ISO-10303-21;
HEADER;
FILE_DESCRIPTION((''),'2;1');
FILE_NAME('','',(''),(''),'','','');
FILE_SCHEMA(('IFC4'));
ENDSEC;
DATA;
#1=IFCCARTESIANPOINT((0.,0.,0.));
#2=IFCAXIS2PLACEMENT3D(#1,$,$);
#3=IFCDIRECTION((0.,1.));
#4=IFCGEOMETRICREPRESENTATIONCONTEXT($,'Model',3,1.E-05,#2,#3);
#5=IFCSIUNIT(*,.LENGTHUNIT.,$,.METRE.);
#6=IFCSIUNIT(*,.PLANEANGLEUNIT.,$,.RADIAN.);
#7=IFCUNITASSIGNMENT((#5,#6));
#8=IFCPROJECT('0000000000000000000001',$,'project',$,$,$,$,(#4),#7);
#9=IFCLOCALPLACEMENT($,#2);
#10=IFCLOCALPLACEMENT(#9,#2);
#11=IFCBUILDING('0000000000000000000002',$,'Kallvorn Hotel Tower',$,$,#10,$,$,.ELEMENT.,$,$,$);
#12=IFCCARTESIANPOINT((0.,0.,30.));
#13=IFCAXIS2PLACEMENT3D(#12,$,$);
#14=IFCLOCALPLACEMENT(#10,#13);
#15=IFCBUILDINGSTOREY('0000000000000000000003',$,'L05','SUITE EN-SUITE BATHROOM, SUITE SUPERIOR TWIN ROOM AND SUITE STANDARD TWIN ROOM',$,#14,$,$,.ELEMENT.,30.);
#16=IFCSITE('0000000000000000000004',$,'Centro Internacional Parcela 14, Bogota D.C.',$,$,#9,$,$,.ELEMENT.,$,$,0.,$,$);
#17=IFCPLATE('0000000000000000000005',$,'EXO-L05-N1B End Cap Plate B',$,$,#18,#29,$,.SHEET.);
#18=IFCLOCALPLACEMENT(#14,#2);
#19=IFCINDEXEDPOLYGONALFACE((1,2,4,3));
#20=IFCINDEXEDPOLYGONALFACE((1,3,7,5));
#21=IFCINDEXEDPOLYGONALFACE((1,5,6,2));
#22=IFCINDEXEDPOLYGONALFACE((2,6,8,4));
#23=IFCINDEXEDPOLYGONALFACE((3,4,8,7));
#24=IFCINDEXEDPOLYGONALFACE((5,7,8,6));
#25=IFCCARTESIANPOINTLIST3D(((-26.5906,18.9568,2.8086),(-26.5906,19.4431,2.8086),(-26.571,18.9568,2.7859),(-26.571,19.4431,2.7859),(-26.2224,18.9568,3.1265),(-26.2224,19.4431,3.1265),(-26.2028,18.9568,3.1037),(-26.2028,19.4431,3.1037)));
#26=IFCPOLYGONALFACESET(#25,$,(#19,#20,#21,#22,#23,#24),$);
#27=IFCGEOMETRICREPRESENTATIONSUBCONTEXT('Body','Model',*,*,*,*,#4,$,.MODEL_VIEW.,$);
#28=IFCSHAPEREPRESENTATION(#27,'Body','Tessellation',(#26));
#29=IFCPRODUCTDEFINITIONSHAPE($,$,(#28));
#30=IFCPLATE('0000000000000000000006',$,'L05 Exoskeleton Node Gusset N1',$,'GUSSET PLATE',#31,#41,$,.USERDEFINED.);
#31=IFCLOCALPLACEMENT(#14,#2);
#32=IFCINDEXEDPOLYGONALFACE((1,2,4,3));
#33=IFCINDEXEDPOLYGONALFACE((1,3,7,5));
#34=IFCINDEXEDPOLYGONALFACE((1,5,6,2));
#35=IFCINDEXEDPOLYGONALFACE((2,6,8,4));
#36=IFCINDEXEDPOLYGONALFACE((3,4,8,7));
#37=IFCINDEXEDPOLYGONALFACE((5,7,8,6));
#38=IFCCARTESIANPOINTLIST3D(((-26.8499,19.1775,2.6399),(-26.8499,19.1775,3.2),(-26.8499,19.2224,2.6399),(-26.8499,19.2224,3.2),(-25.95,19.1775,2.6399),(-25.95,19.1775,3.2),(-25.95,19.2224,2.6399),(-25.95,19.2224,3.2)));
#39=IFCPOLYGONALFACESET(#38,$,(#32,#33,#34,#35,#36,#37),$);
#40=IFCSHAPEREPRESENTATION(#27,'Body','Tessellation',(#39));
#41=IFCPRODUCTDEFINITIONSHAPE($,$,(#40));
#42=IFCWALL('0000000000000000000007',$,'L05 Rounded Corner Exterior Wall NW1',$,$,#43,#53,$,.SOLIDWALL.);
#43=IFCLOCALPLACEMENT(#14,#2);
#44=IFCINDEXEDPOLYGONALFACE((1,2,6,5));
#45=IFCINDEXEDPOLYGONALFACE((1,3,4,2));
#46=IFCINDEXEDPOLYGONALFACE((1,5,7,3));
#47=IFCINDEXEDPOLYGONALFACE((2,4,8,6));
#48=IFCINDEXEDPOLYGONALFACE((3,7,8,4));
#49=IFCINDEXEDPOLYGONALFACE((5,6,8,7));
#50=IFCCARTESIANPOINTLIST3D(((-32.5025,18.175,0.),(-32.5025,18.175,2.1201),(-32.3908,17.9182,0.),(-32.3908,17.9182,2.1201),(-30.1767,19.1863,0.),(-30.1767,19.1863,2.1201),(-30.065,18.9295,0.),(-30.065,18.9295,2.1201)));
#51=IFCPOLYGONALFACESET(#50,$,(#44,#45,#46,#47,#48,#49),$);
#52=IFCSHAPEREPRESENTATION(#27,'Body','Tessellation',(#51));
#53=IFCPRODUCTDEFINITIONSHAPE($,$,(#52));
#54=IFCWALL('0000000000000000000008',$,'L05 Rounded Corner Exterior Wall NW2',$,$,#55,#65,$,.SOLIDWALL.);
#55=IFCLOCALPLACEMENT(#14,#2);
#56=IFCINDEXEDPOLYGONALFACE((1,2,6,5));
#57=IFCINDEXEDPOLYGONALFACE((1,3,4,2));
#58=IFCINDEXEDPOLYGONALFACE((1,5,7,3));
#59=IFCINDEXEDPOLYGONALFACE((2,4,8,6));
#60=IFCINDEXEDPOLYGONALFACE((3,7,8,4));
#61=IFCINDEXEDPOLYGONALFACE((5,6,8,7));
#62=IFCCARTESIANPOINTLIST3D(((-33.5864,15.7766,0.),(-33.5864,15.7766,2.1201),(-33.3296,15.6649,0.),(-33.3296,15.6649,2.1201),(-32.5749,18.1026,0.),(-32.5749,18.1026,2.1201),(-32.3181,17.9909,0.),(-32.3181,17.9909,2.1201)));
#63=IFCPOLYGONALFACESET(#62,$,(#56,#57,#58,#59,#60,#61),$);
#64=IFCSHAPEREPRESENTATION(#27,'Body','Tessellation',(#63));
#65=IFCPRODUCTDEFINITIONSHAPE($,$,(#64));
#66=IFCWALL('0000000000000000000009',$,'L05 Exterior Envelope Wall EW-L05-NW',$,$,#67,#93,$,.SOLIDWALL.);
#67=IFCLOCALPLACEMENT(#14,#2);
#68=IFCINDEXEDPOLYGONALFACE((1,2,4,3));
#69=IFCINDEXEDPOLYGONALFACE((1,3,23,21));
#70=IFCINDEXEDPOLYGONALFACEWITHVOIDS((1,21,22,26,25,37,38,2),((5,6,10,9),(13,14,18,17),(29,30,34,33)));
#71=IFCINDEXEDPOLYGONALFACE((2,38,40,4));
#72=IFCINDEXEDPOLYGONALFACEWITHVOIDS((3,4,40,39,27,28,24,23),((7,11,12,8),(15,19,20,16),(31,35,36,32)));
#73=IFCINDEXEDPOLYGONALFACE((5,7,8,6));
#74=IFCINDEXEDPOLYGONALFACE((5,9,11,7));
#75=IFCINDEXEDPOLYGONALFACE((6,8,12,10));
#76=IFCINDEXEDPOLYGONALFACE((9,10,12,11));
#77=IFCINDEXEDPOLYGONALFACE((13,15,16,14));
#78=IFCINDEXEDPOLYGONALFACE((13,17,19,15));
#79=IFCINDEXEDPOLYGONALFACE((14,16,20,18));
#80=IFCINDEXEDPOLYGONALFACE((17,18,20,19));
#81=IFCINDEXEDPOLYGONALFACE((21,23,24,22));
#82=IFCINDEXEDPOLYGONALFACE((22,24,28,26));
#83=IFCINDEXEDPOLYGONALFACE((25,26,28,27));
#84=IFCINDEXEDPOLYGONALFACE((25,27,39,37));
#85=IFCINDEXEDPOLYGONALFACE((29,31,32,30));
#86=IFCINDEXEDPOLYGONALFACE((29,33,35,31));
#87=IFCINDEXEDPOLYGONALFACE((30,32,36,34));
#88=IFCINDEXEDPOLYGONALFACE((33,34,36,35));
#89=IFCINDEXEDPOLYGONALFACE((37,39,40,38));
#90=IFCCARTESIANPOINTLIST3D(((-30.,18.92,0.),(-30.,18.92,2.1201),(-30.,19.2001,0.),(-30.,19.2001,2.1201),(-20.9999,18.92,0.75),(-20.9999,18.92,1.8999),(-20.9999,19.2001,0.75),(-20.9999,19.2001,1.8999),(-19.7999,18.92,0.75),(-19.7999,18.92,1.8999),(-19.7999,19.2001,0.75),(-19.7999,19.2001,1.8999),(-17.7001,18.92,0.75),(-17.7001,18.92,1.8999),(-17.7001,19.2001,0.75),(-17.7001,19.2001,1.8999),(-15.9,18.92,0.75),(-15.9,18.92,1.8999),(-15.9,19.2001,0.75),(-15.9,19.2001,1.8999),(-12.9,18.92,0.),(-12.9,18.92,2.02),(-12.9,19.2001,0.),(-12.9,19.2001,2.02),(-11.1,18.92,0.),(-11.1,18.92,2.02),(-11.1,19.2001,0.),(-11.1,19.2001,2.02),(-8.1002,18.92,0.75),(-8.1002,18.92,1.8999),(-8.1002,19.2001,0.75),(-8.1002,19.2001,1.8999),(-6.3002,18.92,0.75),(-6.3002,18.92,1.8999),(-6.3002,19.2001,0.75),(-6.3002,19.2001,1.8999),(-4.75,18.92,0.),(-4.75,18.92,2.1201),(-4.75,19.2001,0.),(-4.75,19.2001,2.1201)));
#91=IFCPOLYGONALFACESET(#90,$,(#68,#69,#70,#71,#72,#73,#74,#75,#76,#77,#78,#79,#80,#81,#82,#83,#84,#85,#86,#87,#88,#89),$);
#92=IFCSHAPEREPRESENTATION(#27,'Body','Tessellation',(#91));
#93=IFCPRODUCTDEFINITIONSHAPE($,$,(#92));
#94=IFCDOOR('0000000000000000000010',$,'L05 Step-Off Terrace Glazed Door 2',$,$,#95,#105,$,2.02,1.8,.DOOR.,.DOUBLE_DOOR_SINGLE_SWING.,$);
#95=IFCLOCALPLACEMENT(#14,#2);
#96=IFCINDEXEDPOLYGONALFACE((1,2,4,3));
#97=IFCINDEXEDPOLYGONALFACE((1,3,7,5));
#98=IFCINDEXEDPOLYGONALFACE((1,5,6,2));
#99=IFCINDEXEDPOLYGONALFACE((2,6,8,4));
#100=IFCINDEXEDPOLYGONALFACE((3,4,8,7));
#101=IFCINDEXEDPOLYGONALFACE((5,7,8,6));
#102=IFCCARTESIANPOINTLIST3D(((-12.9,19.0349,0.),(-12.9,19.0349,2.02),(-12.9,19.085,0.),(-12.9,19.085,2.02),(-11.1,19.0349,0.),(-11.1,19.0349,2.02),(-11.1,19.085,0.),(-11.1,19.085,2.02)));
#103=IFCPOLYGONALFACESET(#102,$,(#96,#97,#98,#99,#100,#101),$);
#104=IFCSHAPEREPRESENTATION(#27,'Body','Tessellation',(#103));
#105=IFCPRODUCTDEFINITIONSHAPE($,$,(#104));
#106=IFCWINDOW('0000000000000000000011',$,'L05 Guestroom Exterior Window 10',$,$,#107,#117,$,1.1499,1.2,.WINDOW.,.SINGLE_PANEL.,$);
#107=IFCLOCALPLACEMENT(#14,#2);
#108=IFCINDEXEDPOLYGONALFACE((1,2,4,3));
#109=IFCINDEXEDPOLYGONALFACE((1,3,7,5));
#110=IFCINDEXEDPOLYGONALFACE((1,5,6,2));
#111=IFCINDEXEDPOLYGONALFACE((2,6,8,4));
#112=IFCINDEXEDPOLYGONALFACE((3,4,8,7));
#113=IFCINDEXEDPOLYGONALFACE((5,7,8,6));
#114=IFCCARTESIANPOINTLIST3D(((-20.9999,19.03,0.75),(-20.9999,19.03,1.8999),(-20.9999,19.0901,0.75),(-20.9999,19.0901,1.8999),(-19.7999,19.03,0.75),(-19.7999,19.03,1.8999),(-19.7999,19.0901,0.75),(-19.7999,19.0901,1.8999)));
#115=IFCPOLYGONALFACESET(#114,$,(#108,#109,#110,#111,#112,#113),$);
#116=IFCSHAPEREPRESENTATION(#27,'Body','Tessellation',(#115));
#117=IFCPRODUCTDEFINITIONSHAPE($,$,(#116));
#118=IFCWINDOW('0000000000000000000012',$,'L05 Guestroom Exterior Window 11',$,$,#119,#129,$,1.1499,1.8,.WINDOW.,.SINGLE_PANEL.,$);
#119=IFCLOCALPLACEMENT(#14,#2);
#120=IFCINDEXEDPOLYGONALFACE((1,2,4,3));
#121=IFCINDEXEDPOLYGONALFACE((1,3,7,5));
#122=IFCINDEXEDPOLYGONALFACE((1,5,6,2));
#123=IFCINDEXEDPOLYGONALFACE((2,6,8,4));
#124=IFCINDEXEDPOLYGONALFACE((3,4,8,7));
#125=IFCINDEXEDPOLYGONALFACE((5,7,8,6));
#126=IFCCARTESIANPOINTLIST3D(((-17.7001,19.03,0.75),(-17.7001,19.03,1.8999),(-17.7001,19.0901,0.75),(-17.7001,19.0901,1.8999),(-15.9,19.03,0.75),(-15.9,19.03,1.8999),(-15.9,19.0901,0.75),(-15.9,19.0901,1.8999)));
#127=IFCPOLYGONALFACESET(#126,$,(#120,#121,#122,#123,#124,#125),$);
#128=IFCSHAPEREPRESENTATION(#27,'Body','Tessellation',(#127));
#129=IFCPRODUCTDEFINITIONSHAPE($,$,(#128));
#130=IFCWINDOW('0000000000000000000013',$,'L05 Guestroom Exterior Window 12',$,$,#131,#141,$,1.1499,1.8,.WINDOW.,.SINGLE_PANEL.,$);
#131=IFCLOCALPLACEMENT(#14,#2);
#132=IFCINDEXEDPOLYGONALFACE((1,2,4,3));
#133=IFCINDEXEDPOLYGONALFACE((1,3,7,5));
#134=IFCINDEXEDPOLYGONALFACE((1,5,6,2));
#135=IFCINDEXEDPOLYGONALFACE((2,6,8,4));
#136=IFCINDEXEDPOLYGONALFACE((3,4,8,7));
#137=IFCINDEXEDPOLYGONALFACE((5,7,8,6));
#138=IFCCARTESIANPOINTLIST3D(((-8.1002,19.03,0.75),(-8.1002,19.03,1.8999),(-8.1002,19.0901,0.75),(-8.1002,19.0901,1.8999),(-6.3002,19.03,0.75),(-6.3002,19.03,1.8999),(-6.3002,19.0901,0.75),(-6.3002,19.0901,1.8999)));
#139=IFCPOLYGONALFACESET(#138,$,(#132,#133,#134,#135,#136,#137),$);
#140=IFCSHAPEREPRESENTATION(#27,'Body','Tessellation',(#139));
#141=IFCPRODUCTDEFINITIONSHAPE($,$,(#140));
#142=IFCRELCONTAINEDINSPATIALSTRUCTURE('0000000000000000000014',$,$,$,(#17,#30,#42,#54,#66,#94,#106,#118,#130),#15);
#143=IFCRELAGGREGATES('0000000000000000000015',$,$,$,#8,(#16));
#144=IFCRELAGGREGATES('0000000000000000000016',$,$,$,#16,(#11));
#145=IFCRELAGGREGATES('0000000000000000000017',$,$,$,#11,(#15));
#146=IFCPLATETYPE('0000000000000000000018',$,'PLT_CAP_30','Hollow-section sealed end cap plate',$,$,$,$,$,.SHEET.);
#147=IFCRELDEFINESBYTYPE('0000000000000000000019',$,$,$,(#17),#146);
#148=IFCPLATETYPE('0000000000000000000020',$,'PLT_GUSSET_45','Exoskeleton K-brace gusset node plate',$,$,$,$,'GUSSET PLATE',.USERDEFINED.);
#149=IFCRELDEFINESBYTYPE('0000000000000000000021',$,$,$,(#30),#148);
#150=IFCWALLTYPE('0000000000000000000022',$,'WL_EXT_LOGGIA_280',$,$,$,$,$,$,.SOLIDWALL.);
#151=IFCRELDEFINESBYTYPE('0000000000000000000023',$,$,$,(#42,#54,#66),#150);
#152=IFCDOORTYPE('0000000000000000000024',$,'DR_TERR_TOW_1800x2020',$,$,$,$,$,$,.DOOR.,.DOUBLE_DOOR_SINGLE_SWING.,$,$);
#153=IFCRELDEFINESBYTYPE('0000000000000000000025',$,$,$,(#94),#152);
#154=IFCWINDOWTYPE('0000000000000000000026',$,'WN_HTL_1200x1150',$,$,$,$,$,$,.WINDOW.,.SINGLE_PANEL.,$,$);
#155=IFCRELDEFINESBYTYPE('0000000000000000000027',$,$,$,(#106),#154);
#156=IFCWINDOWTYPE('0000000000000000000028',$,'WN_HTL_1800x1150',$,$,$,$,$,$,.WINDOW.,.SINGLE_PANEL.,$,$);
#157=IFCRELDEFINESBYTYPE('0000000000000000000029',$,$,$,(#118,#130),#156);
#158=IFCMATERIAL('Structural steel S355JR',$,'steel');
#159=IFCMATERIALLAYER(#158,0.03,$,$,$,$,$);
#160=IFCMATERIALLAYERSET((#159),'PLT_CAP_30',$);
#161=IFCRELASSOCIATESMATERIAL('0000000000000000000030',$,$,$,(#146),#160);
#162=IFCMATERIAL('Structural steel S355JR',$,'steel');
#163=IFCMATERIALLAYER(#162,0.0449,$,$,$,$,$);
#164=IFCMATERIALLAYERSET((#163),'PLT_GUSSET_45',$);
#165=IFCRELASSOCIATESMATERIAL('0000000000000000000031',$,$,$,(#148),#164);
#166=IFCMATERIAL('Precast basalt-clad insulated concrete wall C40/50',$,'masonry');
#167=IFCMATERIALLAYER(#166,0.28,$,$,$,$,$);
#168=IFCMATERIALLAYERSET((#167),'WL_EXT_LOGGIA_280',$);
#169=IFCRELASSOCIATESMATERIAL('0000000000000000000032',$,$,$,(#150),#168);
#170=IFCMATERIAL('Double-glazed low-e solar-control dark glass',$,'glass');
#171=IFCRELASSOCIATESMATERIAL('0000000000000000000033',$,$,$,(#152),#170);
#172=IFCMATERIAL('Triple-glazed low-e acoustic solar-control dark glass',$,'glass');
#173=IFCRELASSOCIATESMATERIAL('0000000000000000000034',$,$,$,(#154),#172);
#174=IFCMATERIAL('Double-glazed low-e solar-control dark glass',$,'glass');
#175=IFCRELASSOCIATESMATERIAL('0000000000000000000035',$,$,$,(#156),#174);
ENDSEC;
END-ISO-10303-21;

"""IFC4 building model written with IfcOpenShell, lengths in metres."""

from ifc_helpers import new_model, si_unit, direction, frame, frame_2d, origin, origin_2d, place, context, subcontext, project, spatial, polyline, rectangle, outline, extrude, material, layer, layer_set, type_object, element, fill, save


model = new_model("IFC4")

# Units and contexts
model_context = context("Model", 3, precision=1e-05, world=origin(), true_north=direction((0.0, 1.0)))
body_context = subcontext(model_context, "Body", "Model", "MODEL_VIEW")
ifc_project = project(units=[si_unit("LENGTHUNIT", "METRE"), si_unit("PLANEANGLEUNIT", "RADIAN")], contexts=[model_context])

# Site, building, storey
site_placement = place(None, origin())
site = spatial("IfcSite", under=ifc_project, at=site_placement, Name="Centro Internacional Parcela 14, Bogota D.C.", CompositionType="ELEMENT", RefElevation=0.0)
building_placement = place(site_placement, origin())
building = spatial("IfcBuilding", under=site, at=building_placement, Name="Kallvorn Hotel Tower", CompositionType="ELEMENT")
storey_placement = place(building_placement, frame((0.0, 0.0, 30.0)))
storey = spatial("IfcBuildingStorey", under=building, at=storey_placement, Name="L05", Description="SUITE EN-SUITE BATHROOM, SUITE SUPERIOR TWIN ROOM AND SUITE STANDARD TWIN ROOM", CompositionType="ELEMENT", Elevation=30.0)

# Plates
ifc_material_1 = material(Name="Structural steel S355JR", Category="steel")
ifc_layer_1 = layer(ifc_material_1, 0.03)
ifc_layer_set_1 = layer_set([ifc_layer_1], Name="PLT_CAP_30")
plate_type_1 = type_object("IfcPlateType", Name="PLT_CAP_30", Description="Hollow-section sealed end cap plate", PredefinedType="SHEET", material=ifc_layer_set_1)
for number, where, z_axis, x_axis, name in (
    (1, (-26.5906, 19.4431, 2.8086), (-0.653515, 0.0, 0.756913), (0.0, -1.0, 0.0), "EXO-L05-N1B End Cap Plate B"),
):
    element("IfcPlate", number, at=place(storey_placement, frame(where, z_axis=z_axis, x_axis=x_axis)), inside=storey, type_object=plate_type_1, Name=name, PredefinedType="SHEET", context=body_context, shape_type="SweptSolid", body=[
        extrude(outline(polyline([(0.0, 0.0), (0.4863, 0.0), (0.4863, 0.4864), (0.0, 0.4864), (0.0, 0.0)])), origin(), (0.0, 0.0, -1.0), 0.03),
    ])
ifc_material_2 = material(Name="Structural steel S355JR", Category="steel")
ifc_layer_2 = layer(ifc_material_2, 0.0449)
ifc_layer_set_2 = layer_set([ifc_layer_2], Name="PLT_GUSSET_45")
plate_type_2 = type_object("IfcPlateType", Name="PLT_GUSSET_45", Description="Exoskeleton K-brace gusset node plate", ElementType="GUSSET PLATE", PredefinedType="USERDEFINED", material=ifc_layer_set_2)
plate_placement = place(storey_placement, frame((-26.3999, 19.2, 2.6399), z_axis=(0.0, 0.0, 1.0), x_axis=(1.0, 0.0, 0.0)))
element("IfcPlate", 2, at=plate_placement, inside=storey, type_object=plate_type_2, Name="L05 Exoskeleton Node Gusset N1", ObjectType="GUSSET PLATE", PredefinedType="USERDEFINED", context=body_context, shape_type="SweptSolid", body=[
    extrude(rectangle(XDim=0.8999, YDim=0.0449, at=origin_2d()), origin(), (0.0, 0.0, 1.0), 0.5601),
])

# Walls
ifc_material_3 = material(Name="Precast basalt-clad insulated concrete wall C40/50", Category="masonry")
ifc_layer_3 = layer(ifc_material_3, 0.28)
ifc_layer_set_3 = layer_set([ifc_layer_3], Name="WL_EXT_LOGGIA_280")
wall_type = type_object("IfcWallType", Name="WL_EXT_LOGGIA_280", PredefinedType="SOLIDWALL", material=ifc_layer_set_3)
wall_1_placement = place(storey_placement, frame((-30.1208, 19.0579, 0.0), z_axis=(0.0, 0.0, 1.0), x_axis=(-0.917061, -0.398747, 0.0)))
element("IfcWall", 3, at=wall_1_placement, inside=storey, type_object=wall_type, Name="L05 Rounded Corner Exterior Wall NW1", PredefinedType="SOLIDWALL", context=body_context, shape_type="SweptSolid", body=[
    extrude(rectangle(XDim=2.5361, YDim=0.28, at=frame_2d((1.2681, 0.0))), origin(), (0.0, 0.0, 1.0), 2.1201),
])
wall_2_placement = place(storey_placement, frame((-32.4465, 18.0466, 0.0), z_axis=(0.0, 0.0, 1.0), x_axis=(-0.398793, -0.917041, 0.0)))
element("IfcWall", 4, at=wall_2_placement, inside=storey, type_object=wall_type, Name="L05 Rounded Corner Exterior Wall NW2", PredefinedType="SOLIDWALL", context=body_context, shape_type="SweptSolid", body=[
    extrude(rectangle(XDim=2.5364, YDim=0.28, at=frame_2d((1.2681, 0.0))), origin(), (0.0, 0.0, 1.0), 2.1201),
])

# Wall, openings, door, windows
wall_3_placement = place(storey_placement, frame((-30.0, 19.0601, 0.0), z_axis=(0.0, 0.0, 1.0), x_axis=(1.0, 0.0, 0.0)))
wall_3 = element("IfcWall", 5, at=wall_3_placement, inside=storey, type_object=wall_type, Name="L05 Exterior Envelope Wall EW-L05-NW", PredefinedType="SOLIDWALL", context=body_context, shape_type="SweptSolid", body=[
    extrude(rectangle(XDim=25.25, YDim=0.28, at=frame_2d((12.625, 0.0))), origin(), (0.0, 0.0, 1.0), 2.1201),
])
opening_1_placement = place(wall_3_placement, frame((17.1001, 0.0, 0.0)))
opening_1 = element("IfcOpeningElement", 6, at=opening_1_placement, cuts=wall_3, PredefinedType="OPENING", context=body_context, shape_type="SweptSolid", body=[
    extrude(rectangle(XDim=1.8, YDim=2.02, at=frame_2d((0.8999, 1.01))), frame((0.0, 0.155, 0.0), z_axis=(0.0, -1.0, 0.0), x_axis=(1.0, 0.0, 0.0)), (0.0, 0.0, 1.0), 0.3101),
])
opening_2_placement = place(wall_3_placement, frame((9.0, 0.0, 0.75)))
opening_2 = element("IfcOpeningElement", 7, at=opening_2_placement, cuts=wall_3, PredefinedType="OPENING", context=body_context, shape_type="SweptSolid", body=[
    extrude(rectangle(XDim=1.2, YDim=1.1499, at=frame_2d((0.6001, 0.575))), frame((0.0, 0.155, 0.0), z_axis=(0.0, -1.0, 0.0), x_axis=(1.0, 0.0, 0.0)), (0.0, 0.0, 1.0), 0.3101),
])
opening_3_placement = place(wall_3_placement, frame((12.3, 0.0, 0.75)))
opening_3 = element("IfcOpeningElement", 8, at=opening_3_placement, cuts=wall_3, PredefinedType="OPENING", context=body_context, shape_type="SweptSolid", body=[
    extrude(rectangle(XDim=1.8, YDim=1.1499, at=frame_2d((0.8999, 0.575))), frame((0.0, 0.155, 0.0), z_axis=(0.0, -1.0, 0.0), x_axis=(1.0, 0.0, 0.0)), (0.0, 0.0, 1.0), 0.3101),
])
opening_4_placement = place(wall_3_placement, frame((21.8999, 0.0, 0.75)))
opening_4 = element("IfcOpeningElement", 9, at=opening_4_placement, cuts=wall_3, PredefinedType="OPENING", context=body_context, shape_type="SweptSolid", body=[
    extrude(rectangle(XDim=1.8, YDim=1.1499, at=frame_2d((0.8999, 0.575))), frame((0.0, 0.155, 0.0), z_axis=(0.0, -1.0, 0.0), x_axis=(1.0, 0.0, 0.0)), (0.0, 0.0, 1.0), 0.3101),
])
ifc_material_4 = material(Name="Double-glazed low-e solar-control dark glass", Category="glass")
door_type = type_object("IfcDoorType", Name="DR_TERR_TOW_1800x2020", OperationType="DOUBLE_DOOR_SINGLE_SWING", PredefinedType="DOOR", material=ifc_material_4)
door_placement = place(opening_1_placement, origin())
door = element("IfcDoor", 10, at=door_placement, inside=storey, type_object=door_type, Name="L05 Step-Off Terrace Glazed Door 2", OperationType="DOUBLE_DOOR_SINGLE_SWING", OverallHeight=2.02, OverallWidth=1.8, PredefinedType="DOOR", context=body_context, shape_type="SweptSolid", body=[
    extrude(rectangle(XDim=1.8, YDim=2.02, at=frame_2d((0.8999, 1.01))), frame((0.0, 0.0249, 0.0), z_axis=(0.0, -1.0, 0.0), x_axis=(1.0, 0.0, 0.0)), (0.0, 0.0, 1.0), 0.05),
])
fill(opening_1, door)
ifc_material_5 = material(Name="Triple-glazed low-e acoustic solar-control dark glass", Category="glass")
window_type_1 = type_object("IfcWindowType", Name="WN_HTL_1200x1150", PartitioningType="SINGLE_PANEL", PredefinedType="WINDOW", material=ifc_material_5)
window_1_placement = place(opening_2_placement, origin())
window_1 = element("IfcWindow", 11, at=window_1_placement, inside=storey, type_object=window_type_1, Name="L05 Guestroom Exterior Window 10", OverallHeight=1.1499, OverallWidth=1.2, PartitioningType="SINGLE_PANEL", PredefinedType="WINDOW", context=body_context, shape_type="SweptSolid", body=[
    extrude(rectangle(XDim=1.2, YDim=1.1499, at=frame_2d((0.6001, 0.575))), frame((0.0, 0.03, 0.0), z_axis=(0.0, -1.0, 0.0), x_axis=(1.0, 0.0, 0.0)), (0.0, 0.0, 1.0), 0.0601),
])
fill(opening_2, window_1)
ifc_material_6 = material(Name="Double-glazed low-e solar-control dark glass", Category="glass")
window_type_2 = type_object("IfcWindowType", Name="WN_HTL_1800x1150", PartitioningType="SINGLE_PANEL", PredefinedType="WINDOW", material=ifc_material_6)
window_2_placement = place(opening_3_placement, origin())
window_2 = element("IfcWindow", 12, at=window_2_placement, inside=storey, type_object=window_type_2, Name="L05 Guestroom Exterior Window 11", OverallHeight=1.1499, OverallWidth=1.8, PartitioningType="SINGLE_PANEL", PredefinedType="WINDOW", context=body_context, shape_type="SweptSolid", body=[
    extrude(rectangle(XDim=1.8, YDim=1.1499, at=frame_2d((0.8999, 0.575))), frame((0.0, 0.03, 0.0), z_axis=(0.0, -1.0, 0.0), x_axis=(1.0, 0.0, 0.0)), (0.0, 0.0, 1.0), 0.0601),
])
fill(opening_3, window_2)
window_3_placement = place(opening_4_placement, origin())
window_3 = element("IfcWindow", 13, at=window_3_placement, inside=storey, type_object=window_type_2, Name="L05 Guestroom Exterior Window 12", OverallHeight=1.1499, OverallWidth=1.8, PartitioningType="SINGLE_PANEL", PredefinedType="WINDOW", context=body_context, shape_type="SweptSolid", body=[
    extrude(rectangle(XDim=1.8, YDim=1.1499, at=frame_2d((0.8999, 0.575))), frame((0.0, 0.03, 0.0), z_axis=(0.0, -1.0, 0.0), x_axis=(1.0, 0.0, 0.0)), (0.0, 0.0, 1.0), 0.0601),
])
fill(opening_4, window_3)

save(model, "model.ifc")
